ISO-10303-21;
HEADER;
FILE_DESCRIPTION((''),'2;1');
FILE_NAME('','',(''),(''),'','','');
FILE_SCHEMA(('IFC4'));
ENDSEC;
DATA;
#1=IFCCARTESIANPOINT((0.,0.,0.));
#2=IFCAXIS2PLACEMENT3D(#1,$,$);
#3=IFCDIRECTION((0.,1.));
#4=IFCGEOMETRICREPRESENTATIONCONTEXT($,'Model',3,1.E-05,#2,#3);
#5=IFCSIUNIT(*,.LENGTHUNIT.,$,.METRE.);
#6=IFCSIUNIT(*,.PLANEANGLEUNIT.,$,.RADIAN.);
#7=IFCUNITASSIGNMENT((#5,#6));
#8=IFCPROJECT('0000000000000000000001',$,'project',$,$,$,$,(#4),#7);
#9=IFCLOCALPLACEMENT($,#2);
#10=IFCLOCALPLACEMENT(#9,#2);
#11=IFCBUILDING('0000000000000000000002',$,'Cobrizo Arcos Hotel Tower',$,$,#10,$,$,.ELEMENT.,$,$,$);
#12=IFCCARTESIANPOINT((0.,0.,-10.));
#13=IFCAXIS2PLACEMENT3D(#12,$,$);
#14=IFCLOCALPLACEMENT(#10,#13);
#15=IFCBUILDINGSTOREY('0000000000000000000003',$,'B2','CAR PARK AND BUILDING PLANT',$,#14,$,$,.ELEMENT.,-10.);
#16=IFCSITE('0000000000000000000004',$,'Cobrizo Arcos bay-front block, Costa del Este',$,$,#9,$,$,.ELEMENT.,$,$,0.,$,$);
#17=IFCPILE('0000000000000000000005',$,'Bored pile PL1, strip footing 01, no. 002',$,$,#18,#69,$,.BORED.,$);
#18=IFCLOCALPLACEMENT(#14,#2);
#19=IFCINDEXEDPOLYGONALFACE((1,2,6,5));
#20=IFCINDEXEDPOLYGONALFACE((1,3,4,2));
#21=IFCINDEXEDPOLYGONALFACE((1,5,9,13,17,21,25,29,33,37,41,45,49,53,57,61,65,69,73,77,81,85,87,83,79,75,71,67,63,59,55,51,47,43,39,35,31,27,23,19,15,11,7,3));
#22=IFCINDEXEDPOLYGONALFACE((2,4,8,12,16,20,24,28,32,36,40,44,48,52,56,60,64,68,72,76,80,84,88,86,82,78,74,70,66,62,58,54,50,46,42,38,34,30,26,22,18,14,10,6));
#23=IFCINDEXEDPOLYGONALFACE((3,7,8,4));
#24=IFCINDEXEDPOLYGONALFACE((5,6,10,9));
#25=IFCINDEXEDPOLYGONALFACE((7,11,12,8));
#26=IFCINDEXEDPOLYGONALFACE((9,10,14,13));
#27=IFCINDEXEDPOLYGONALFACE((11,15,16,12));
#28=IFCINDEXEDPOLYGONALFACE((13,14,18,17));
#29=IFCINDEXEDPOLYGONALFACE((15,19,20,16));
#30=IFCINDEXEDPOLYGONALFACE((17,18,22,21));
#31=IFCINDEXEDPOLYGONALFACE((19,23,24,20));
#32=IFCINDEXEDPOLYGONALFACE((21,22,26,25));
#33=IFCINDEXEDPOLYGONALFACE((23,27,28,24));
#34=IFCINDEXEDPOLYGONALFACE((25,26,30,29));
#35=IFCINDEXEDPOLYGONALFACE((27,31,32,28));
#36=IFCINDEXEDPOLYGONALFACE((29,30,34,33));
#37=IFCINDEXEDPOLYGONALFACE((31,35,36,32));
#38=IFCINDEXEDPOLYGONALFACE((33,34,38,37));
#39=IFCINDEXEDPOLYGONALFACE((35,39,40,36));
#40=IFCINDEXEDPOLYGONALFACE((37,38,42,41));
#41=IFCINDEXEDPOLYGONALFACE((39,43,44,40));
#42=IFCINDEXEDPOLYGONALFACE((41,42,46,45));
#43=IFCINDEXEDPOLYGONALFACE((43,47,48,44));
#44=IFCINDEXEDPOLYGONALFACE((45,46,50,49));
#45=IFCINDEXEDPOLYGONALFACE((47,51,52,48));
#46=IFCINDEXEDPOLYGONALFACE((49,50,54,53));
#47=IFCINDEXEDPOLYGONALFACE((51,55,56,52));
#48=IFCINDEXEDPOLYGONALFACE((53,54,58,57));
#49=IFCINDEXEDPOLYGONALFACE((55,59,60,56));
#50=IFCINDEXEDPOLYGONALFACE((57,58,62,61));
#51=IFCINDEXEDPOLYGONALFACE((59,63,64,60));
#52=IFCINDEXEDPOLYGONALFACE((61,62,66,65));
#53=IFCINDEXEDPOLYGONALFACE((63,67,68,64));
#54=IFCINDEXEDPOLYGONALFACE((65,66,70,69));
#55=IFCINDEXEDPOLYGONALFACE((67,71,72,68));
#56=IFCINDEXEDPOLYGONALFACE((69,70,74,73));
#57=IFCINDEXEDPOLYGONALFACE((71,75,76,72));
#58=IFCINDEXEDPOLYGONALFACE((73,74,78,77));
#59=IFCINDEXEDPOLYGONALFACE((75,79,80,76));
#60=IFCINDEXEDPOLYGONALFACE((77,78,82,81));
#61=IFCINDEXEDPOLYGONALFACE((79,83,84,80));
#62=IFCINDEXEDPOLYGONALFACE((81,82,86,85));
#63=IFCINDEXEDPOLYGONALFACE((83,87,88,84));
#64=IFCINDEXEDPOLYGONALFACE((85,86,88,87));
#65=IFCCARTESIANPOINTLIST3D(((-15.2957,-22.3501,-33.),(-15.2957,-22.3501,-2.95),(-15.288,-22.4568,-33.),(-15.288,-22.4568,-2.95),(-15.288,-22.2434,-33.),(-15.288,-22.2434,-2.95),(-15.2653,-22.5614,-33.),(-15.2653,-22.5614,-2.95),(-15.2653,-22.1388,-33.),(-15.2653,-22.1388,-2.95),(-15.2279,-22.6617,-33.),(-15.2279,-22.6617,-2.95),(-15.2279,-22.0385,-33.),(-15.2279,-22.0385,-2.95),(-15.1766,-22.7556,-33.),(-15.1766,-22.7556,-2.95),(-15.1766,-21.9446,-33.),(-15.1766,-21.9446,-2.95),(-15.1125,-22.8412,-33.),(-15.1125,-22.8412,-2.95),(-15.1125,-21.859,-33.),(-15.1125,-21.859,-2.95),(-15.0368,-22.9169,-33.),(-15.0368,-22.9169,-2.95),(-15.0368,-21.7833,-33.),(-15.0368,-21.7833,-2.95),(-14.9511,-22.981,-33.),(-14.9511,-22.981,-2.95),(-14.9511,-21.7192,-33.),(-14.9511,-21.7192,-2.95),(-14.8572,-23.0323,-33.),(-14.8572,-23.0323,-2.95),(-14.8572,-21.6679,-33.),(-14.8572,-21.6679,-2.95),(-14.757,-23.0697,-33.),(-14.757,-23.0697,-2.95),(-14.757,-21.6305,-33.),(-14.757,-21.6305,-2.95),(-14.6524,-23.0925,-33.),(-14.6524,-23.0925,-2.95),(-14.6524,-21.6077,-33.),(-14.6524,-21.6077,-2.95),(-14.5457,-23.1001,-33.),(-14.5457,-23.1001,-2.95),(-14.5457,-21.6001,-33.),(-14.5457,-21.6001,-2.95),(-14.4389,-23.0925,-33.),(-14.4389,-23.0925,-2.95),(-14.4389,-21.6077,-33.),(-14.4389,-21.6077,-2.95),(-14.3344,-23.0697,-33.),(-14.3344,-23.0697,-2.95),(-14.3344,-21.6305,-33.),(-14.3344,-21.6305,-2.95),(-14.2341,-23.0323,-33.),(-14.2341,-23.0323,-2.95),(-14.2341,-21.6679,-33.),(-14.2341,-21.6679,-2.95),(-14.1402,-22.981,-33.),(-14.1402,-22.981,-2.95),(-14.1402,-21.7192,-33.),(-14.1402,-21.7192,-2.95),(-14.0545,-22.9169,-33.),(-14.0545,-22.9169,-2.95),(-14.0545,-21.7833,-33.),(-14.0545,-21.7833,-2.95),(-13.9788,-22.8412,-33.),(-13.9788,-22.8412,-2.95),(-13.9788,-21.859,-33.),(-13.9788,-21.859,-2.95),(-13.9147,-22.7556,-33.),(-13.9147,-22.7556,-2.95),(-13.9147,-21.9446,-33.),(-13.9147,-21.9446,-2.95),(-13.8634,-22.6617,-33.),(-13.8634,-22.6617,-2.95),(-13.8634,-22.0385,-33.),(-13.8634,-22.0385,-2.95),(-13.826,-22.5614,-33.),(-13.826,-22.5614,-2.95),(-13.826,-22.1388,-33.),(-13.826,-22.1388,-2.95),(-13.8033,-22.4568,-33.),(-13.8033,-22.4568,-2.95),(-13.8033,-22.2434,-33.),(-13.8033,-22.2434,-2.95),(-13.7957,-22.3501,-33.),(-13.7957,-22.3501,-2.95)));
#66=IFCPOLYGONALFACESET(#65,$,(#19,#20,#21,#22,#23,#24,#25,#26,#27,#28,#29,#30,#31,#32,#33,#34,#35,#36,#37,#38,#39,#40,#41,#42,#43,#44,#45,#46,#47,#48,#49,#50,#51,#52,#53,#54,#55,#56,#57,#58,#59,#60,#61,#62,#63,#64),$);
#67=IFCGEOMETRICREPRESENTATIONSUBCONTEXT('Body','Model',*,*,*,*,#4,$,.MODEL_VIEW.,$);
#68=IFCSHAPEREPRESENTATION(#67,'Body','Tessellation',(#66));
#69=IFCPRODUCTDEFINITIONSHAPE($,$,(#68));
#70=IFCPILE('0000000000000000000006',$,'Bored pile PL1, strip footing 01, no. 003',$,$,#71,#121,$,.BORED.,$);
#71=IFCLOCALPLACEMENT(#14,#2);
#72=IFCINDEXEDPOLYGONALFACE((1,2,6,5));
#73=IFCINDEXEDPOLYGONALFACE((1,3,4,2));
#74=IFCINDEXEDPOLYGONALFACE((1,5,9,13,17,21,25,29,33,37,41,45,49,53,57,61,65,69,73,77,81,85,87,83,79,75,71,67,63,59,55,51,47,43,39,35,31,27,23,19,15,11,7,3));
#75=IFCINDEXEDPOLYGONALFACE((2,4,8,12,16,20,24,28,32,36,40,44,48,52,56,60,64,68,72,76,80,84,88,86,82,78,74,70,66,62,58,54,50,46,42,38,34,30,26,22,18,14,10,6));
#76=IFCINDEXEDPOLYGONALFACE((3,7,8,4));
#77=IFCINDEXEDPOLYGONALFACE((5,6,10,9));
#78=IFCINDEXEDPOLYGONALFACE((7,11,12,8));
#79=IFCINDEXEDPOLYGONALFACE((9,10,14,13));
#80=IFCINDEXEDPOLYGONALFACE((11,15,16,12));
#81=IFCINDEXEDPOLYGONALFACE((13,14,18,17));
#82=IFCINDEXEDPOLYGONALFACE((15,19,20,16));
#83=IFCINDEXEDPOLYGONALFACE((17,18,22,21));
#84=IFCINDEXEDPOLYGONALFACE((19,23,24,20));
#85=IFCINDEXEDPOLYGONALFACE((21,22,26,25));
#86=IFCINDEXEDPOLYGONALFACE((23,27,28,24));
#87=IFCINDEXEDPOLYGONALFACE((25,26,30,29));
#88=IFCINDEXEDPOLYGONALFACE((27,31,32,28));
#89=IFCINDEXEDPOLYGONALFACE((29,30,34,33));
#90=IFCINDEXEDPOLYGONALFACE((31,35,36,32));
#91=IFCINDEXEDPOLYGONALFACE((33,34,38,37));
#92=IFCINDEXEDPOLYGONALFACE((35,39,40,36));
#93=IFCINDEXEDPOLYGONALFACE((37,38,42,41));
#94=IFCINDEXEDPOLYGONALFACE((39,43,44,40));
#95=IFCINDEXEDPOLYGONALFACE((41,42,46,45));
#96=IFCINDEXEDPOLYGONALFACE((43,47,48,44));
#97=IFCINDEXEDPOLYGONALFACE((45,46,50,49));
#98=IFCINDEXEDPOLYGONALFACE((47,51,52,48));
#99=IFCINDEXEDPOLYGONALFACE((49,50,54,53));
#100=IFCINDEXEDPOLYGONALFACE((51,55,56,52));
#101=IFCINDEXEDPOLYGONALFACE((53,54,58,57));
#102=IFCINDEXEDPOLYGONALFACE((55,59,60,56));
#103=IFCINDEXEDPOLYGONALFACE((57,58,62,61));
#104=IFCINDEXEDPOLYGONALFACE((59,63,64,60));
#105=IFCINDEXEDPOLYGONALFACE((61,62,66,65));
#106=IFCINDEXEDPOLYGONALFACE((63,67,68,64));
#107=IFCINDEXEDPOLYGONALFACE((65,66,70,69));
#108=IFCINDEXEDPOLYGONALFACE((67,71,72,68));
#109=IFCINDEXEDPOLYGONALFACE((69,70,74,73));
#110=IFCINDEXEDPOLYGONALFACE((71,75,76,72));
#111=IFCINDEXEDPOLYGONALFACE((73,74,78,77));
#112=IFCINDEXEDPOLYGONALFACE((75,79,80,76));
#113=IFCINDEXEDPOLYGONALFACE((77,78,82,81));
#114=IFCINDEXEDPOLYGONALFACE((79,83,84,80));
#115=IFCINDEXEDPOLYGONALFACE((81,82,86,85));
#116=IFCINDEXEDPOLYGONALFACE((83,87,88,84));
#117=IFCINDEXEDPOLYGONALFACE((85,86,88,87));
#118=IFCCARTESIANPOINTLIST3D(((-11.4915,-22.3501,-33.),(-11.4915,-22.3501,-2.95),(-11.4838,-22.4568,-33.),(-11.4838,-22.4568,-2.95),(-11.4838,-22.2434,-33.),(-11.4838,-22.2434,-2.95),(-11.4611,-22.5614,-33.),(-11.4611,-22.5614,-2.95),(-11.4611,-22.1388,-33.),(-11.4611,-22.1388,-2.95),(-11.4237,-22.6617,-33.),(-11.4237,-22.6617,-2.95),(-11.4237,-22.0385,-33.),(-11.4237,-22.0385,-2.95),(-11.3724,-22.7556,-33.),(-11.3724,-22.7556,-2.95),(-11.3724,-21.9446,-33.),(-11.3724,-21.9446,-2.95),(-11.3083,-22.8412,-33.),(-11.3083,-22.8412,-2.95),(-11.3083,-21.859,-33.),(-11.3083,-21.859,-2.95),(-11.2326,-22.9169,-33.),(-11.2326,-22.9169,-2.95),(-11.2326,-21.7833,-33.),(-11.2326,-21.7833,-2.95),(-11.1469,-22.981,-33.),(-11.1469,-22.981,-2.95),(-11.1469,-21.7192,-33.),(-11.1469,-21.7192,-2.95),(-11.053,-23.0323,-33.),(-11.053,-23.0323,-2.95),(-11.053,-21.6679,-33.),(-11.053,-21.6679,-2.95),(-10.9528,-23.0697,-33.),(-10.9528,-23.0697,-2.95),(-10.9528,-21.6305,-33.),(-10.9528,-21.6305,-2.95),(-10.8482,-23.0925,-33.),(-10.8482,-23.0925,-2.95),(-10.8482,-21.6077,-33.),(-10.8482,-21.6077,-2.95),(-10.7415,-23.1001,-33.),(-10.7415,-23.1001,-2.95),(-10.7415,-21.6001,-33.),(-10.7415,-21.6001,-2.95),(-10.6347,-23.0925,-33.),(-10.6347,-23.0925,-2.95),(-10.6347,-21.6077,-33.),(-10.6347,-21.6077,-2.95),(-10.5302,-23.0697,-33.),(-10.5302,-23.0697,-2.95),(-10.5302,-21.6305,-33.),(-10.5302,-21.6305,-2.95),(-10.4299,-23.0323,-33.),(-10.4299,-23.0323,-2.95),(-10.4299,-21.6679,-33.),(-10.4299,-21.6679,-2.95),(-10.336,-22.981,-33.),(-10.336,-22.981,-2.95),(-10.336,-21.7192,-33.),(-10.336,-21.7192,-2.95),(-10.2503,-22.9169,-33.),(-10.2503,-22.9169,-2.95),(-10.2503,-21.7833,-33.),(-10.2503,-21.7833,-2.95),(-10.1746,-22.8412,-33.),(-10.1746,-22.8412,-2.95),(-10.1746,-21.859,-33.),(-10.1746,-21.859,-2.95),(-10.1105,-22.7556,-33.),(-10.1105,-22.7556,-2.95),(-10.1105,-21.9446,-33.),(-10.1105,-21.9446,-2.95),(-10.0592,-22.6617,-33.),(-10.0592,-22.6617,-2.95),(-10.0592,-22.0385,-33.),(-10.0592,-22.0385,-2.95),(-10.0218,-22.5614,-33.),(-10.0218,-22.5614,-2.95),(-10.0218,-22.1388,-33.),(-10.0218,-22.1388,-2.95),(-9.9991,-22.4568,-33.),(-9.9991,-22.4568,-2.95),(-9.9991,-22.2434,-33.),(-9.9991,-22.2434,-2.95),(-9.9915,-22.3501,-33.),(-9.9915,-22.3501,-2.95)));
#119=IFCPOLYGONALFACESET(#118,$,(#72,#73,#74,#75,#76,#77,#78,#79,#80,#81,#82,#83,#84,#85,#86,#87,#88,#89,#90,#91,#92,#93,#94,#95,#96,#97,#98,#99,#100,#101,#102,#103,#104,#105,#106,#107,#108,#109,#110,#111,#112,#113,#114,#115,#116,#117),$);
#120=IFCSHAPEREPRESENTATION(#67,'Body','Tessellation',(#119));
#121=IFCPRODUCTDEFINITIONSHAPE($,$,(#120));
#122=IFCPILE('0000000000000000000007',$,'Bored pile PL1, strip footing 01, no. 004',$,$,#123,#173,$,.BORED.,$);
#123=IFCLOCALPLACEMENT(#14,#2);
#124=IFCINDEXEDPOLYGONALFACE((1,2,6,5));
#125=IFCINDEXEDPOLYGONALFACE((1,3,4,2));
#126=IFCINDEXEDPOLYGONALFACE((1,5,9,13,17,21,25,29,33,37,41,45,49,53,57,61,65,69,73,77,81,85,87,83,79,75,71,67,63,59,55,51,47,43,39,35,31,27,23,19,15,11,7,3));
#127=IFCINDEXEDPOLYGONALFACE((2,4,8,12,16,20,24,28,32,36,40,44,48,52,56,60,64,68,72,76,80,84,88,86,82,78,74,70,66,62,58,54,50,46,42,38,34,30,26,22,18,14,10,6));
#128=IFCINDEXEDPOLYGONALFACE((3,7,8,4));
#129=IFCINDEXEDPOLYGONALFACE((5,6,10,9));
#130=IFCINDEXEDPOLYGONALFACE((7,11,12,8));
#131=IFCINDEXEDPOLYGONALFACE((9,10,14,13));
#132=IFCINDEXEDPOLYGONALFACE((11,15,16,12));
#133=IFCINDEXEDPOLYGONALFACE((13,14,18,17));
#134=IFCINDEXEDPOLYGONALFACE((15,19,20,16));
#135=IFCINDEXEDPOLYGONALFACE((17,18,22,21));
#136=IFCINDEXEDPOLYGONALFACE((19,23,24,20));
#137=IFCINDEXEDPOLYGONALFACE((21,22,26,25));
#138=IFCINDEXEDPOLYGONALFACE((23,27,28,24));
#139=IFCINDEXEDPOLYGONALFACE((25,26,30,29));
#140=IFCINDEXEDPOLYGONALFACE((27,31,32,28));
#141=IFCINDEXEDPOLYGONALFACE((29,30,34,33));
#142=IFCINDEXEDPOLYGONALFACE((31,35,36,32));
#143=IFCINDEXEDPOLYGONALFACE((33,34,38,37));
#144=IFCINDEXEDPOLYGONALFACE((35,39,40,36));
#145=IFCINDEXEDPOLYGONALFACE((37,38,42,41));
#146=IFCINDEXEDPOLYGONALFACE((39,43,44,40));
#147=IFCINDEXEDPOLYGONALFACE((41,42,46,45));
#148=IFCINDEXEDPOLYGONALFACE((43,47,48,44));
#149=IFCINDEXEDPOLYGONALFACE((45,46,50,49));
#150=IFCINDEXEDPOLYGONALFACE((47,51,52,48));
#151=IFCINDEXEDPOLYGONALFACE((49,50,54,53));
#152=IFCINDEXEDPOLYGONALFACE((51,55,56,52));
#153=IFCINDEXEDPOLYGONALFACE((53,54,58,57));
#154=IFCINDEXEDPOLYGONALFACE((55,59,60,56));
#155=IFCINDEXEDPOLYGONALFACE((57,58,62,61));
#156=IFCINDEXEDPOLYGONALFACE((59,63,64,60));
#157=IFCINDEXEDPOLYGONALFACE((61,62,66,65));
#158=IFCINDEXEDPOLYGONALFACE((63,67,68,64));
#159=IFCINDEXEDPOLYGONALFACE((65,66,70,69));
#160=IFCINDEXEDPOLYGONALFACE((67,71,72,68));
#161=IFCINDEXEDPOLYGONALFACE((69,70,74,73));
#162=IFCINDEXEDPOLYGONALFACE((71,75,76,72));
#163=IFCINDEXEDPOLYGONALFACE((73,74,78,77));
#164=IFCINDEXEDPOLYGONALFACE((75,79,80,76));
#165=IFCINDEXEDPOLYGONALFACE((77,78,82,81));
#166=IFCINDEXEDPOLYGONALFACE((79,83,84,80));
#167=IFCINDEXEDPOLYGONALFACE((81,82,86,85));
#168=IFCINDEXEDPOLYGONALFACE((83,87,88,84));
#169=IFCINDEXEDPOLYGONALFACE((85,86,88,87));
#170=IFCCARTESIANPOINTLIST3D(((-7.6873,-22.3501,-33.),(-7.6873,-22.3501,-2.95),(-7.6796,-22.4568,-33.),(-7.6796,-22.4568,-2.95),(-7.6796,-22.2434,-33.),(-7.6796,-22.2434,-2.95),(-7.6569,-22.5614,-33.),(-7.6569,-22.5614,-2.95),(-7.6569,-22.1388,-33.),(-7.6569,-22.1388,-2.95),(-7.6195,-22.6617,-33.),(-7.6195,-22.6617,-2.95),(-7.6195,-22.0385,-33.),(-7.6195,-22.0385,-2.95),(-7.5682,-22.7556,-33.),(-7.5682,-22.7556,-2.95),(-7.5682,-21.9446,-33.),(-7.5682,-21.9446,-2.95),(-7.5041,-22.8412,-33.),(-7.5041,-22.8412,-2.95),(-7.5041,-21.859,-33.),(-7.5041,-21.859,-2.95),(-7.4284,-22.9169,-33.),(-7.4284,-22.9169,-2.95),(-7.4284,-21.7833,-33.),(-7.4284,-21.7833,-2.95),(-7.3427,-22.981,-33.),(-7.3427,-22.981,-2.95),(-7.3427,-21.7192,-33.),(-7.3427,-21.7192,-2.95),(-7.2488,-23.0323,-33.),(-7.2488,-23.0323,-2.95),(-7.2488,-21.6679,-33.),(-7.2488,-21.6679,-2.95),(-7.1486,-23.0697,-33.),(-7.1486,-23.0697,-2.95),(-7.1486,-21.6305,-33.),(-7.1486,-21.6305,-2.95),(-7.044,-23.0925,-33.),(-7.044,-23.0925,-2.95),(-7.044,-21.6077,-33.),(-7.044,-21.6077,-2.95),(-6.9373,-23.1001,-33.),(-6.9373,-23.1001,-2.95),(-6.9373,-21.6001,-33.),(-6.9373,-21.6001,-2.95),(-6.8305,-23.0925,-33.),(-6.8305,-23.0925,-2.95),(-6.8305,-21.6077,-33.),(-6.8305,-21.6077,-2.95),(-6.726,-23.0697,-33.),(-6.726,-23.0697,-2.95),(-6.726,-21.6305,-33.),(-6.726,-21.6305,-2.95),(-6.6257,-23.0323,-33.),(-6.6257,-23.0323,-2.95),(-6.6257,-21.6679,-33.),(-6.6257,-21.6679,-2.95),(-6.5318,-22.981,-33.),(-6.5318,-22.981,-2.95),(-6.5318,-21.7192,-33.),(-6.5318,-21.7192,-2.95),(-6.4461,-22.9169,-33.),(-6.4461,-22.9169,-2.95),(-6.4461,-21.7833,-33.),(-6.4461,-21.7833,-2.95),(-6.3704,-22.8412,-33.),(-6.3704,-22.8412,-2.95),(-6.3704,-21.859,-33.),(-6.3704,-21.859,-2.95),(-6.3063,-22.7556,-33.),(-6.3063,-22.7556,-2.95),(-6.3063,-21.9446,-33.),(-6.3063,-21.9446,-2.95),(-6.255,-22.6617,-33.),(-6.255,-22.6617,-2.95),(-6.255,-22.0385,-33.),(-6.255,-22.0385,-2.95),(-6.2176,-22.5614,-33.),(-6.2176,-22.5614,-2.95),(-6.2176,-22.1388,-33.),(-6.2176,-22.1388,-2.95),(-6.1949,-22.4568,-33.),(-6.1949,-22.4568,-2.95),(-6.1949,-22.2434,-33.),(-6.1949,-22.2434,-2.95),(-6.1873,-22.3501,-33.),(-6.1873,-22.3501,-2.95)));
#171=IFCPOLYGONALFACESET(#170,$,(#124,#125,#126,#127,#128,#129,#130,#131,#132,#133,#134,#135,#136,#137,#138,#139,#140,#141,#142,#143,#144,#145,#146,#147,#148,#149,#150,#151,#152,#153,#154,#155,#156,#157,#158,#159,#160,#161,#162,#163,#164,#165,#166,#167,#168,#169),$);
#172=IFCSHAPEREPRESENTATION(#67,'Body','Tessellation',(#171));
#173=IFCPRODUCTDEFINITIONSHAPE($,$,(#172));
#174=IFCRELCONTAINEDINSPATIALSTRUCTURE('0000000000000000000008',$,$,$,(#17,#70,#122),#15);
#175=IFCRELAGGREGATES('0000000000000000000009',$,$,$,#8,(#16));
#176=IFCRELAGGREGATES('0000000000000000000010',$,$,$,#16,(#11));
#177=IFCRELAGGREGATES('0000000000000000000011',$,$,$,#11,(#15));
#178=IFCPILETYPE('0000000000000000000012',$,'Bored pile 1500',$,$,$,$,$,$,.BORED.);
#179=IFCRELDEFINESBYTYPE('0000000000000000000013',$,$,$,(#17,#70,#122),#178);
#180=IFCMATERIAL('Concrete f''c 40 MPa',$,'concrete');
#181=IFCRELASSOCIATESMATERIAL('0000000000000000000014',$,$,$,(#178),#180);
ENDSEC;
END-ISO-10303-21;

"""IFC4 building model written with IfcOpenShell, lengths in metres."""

from ifc_helpers import new_model, si_unit, direction, frame, origin, origin_2d, place, context, subcontext, project, spatial, circle, extrude, material, material_profile, profile_set, type_object, element, save


model = new_model("IFC4")

# Units and contexts
model_context = context("Model", 3, precision=1e-05, world=origin(), true_north=direction((0.0, 1.0)))
body_context = subcontext(model_context, "Body", "Model", "MODEL_VIEW")
ifc_project = project(units=[si_unit("LENGTHUNIT", "METRE"), si_unit("PLANEANGLEUNIT", "RADIAN")], contexts=[model_context])

# Site, building, storey
site_placement = place(None, origin())
site = spatial("IfcSite", under=ifc_project, at=site_placement, Name="Cobrizo Arcos bay-front block, Costa del Este", CompositionType="ELEMENT", RefElevation=0.0)
building_placement = place(site_placement, origin())
building = spatial("IfcBuilding", under=site, at=building_placement, Name="Cobrizo Arcos Hotel Tower", CompositionType="ELEMENT")
storey_placement = place(building_placement, frame((0.0, 0.0, -10.0)))
storey = spatial("IfcBuildingStorey", under=building, at=storey_placement, Name="B2", Description="CAR PARK AND BUILDING PLANT", CompositionType="ELEMENT", Elevation=-10.0)

# Piles
ifc_material_1 = material(Name="Concrete f'c 40 MPa", Category="concrete")
ifc_material_profile_1 = material_profile(ifc_material_1, circle(Radius=0.75, at=origin_2d()), Name="BORED PILE 1500")
ifc_profile_set_1 = profile_set([ifc_material_profile_1], Name="Concrete f'c 40 MPa")
pile_type = type_object("IfcPileType", Name="Bored pile 1500", PredefinedType="BORED", material=ifc_profile_set_1)
for number, where, z_axis, x_axis, name in (
    (1, (-14.5457, -22.3501, -2.95), (0.0, 0.0, -1.0), (1.0, 0.0, 0.0), "Bored pile PL1, strip footing 01, no. 002"),
    (2, (-10.7415, -22.3501, -2.95), (0.0, 0.0, -1.0), (1.0, 0.0, 0.0), "Bored pile PL1, strip footing 01, no. 003"),
    (3, (-6.9373, -22.3501, -2.95), (0.0, 0.0, -1.0), (1.0, 0.0, 0.0), "Bored pile PL1, strip footing 01, no. 004"),
):
    element("IfcPile", number, at=place(storey_placement, frame(where, z_axis=z_axis, x_axis=x_axis)), inside=storey, type_object=pile_type, Name=name, PredefinedType="BORED", context=body_context, shape_type="SweptSolid", body=[
        extrude(circle(Radius=0.75, at=origin_2d()), origin(), (0.0, 0.0, 1.0), 30.05),
    ])

save(model, "model.ifc")
